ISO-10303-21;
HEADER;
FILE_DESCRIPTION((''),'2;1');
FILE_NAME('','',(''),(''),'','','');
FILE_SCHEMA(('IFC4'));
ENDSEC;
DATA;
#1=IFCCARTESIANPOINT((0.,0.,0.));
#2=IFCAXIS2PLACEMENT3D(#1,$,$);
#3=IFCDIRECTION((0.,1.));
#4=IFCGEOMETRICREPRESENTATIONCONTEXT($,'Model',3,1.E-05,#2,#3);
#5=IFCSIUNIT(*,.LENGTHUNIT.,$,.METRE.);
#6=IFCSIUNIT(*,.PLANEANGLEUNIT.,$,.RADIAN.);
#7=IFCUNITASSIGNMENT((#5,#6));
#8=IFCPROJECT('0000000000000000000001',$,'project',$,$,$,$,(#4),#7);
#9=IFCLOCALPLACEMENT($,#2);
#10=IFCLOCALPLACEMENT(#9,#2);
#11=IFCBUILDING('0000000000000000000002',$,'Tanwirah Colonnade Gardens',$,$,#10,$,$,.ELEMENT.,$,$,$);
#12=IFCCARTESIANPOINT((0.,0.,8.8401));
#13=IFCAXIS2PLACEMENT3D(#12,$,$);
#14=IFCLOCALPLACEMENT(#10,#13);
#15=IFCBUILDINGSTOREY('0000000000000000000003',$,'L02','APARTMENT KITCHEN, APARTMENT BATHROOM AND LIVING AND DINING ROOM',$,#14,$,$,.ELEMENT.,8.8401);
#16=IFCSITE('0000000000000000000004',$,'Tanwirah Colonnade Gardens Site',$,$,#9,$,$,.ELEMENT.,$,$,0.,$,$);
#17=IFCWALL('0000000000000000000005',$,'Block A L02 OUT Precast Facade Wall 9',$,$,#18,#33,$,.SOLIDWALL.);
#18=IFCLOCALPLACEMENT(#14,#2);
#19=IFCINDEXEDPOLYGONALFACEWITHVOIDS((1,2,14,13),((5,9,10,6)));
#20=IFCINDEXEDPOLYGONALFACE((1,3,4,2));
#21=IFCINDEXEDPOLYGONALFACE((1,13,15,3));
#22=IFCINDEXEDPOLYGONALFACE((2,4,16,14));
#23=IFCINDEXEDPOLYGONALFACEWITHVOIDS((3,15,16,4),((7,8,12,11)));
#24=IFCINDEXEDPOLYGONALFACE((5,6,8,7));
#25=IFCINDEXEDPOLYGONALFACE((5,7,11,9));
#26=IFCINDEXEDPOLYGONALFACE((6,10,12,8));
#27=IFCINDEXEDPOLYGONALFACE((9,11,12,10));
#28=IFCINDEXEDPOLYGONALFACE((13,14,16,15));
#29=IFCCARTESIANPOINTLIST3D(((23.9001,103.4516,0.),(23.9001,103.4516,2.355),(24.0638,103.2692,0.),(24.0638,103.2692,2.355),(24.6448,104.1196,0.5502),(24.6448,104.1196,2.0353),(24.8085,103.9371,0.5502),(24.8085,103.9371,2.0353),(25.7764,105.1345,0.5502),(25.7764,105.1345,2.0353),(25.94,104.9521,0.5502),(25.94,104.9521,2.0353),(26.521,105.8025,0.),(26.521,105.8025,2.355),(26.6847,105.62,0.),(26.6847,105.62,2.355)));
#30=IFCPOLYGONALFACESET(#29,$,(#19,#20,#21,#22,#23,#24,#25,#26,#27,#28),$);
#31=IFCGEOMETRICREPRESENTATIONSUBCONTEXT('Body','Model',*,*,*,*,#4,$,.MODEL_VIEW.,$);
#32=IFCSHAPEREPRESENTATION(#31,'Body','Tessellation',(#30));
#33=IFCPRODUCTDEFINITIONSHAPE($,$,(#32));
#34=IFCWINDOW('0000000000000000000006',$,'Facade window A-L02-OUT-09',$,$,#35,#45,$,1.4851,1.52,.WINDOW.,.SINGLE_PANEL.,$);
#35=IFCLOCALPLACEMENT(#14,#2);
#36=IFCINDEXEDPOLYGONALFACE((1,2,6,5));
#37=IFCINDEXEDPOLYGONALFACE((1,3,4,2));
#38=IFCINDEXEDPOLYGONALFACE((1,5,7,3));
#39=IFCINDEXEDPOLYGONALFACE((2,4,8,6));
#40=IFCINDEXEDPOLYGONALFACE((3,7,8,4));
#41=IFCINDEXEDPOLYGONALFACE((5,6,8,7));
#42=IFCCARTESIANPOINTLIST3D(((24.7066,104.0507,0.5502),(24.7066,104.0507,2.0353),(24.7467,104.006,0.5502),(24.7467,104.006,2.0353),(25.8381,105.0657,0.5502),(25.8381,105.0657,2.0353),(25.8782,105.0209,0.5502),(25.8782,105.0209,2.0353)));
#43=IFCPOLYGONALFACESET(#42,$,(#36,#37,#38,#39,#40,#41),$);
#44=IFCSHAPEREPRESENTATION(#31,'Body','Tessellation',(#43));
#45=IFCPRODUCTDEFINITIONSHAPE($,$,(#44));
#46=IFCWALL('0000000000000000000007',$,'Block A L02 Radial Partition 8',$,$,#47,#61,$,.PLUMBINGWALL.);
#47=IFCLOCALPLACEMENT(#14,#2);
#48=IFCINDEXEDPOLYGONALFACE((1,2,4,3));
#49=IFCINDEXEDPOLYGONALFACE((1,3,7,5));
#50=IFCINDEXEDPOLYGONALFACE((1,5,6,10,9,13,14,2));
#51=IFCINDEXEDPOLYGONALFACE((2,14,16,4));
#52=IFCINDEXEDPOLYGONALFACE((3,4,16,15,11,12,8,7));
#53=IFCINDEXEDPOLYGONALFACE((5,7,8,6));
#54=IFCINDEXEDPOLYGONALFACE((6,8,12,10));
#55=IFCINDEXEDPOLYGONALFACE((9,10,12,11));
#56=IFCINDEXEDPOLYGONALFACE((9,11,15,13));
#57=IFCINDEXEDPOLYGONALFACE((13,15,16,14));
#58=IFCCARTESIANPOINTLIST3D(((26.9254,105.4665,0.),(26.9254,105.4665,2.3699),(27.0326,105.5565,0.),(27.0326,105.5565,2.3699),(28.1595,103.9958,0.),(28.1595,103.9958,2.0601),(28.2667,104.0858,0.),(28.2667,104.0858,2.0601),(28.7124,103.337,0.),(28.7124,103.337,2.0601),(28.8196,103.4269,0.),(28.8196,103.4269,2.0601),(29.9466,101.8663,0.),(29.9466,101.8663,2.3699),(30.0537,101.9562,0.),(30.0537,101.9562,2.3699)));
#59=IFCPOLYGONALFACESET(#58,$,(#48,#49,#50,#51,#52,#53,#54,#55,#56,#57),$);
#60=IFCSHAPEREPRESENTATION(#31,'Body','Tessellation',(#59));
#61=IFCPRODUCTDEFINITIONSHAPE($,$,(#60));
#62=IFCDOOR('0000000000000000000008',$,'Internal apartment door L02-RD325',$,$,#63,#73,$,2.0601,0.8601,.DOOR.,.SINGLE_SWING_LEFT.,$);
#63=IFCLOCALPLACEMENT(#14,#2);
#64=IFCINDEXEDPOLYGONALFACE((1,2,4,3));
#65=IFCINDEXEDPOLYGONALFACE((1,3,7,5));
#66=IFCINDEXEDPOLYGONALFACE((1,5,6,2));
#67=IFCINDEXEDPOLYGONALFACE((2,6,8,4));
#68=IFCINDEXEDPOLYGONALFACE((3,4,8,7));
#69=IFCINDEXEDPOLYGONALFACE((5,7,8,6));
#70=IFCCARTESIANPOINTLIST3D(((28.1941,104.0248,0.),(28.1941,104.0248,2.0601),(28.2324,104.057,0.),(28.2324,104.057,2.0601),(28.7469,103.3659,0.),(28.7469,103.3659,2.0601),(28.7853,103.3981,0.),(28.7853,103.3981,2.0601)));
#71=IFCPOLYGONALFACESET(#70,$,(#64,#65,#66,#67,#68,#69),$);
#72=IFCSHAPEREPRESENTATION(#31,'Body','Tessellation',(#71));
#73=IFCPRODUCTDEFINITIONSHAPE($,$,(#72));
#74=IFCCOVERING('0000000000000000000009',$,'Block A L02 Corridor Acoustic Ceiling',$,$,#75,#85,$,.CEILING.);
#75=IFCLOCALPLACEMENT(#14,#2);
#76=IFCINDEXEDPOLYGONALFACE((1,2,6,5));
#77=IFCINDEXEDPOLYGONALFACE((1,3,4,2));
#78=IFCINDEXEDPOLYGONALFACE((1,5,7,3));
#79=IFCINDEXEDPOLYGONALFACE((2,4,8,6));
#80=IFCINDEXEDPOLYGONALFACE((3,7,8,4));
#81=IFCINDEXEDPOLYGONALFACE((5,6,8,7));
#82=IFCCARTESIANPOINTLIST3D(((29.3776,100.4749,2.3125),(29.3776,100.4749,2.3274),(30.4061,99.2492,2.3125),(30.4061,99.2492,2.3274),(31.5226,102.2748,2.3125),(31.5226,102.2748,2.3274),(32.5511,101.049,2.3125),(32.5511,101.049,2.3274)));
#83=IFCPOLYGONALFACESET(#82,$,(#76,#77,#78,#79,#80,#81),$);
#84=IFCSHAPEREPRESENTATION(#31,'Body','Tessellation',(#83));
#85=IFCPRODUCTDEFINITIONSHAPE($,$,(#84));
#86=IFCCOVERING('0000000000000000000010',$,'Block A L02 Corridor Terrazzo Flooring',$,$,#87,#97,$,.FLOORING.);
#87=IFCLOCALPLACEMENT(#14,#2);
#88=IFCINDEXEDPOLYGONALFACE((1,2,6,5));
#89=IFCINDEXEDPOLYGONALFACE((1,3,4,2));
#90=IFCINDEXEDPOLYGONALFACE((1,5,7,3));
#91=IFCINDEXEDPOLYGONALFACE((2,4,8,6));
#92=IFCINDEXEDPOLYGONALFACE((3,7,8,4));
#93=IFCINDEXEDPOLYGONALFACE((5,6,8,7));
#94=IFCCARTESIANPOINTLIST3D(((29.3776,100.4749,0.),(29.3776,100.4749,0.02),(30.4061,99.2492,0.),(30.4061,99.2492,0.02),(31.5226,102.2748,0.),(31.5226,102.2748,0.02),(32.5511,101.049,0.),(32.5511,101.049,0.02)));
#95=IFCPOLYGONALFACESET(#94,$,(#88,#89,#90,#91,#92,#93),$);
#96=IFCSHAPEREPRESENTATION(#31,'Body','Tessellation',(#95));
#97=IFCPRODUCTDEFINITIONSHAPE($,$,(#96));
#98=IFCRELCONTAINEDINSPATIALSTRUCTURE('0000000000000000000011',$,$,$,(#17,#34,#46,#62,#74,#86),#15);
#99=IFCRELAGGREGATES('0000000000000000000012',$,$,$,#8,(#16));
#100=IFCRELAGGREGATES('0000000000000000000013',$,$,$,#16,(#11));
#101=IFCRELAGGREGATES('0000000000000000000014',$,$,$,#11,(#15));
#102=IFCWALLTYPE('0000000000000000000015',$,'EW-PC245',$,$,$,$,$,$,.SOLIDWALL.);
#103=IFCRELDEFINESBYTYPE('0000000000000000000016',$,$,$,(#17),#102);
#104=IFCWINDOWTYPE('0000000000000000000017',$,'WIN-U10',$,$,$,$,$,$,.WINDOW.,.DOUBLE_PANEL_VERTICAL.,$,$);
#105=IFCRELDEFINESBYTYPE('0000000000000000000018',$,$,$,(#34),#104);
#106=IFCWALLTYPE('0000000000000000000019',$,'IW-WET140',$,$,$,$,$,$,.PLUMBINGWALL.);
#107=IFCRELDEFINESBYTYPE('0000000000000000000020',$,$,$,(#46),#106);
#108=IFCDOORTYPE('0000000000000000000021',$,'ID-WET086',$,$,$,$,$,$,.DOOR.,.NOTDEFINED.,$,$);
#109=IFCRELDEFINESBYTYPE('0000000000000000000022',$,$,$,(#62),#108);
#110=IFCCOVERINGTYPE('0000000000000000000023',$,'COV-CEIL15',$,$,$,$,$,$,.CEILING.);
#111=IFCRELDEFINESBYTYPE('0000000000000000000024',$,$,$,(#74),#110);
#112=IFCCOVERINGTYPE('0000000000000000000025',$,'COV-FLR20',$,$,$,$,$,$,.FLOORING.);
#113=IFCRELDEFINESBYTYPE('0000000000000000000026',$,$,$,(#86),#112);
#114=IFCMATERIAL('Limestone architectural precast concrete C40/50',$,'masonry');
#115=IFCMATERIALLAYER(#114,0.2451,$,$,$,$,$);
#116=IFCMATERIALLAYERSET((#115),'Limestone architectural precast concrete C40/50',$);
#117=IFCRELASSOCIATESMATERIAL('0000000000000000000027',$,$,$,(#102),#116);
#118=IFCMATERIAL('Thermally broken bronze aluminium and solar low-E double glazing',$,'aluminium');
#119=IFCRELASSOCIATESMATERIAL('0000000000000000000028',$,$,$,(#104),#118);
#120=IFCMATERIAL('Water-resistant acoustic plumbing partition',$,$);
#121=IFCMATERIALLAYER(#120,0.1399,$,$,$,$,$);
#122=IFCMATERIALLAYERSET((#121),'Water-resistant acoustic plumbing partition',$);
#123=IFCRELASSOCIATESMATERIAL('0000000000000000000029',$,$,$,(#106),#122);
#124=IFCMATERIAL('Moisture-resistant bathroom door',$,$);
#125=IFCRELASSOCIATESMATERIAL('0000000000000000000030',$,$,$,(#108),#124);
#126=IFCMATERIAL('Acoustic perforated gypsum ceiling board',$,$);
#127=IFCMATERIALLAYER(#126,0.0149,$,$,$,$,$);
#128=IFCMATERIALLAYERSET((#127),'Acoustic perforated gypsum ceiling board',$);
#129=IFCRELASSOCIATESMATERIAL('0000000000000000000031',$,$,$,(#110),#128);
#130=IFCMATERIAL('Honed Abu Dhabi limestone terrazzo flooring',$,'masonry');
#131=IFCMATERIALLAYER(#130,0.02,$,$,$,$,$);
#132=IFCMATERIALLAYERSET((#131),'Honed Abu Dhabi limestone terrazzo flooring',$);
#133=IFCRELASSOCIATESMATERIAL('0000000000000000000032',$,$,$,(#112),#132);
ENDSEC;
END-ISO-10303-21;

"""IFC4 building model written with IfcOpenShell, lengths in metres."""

from ifc_helpers import new_model, si_unit, direction, frame, frame_2d, origin, origin_2d, place, context, subcontext, project, spatial, rectangle, extrude, material, layer, layer_set, type_object, element, fill, save


model = new_model("IFC4")

# Units and contexts
model_context = context("Model", 3, precision=1e-05, world=origin(), true_north=direction((0.0, 1.0)))
body_context = subcontext(model_context, "Body", "Model", "MODEL_VIEW")
ifc_project = project(units=[si_unit("LENGTHUNIT", "METRE"), si_unit("PLANEANGLEUNIT", "RADIAN")], contexts=[model_context])

# Site, building, storey
site_placement = place(None, origin())
site = spatial("IfcSite", under=ifc_project, at=site_placement, Name="Tanwirah Colonnade Gardens Site", CompositionType="ELEMENT", RefElevation=0.0)
building_placement = place(site_placement, origin())
building = spatial("IfcBuilding", under=site, at=building_placement, Name="Tanwirah Colonnade Gardens", CompositionType="ELEMENT")
storey_placement = place(building_placement, frame((0.0, 0.0, 8.8401)))
storey = spatial("IfcBuildingStorey", under=building, at=storey_placement, Name="L02", Description="APARTMENT KITCHEN, APARTMENT BATHROOM AND LIVING AND DINING ROOM", CompositionType="ELEMENT", Elevation=8.8401)

# Wall, opening, window
ifc_material_1 = material(Name="Limestone architectural precast concrete C40/50", Category="masonry")
ifc_layer_1 = layer(ifc_material_1, 0.2451)
ifc_layer_set_1 = layer_set([ifc_layer_1], Name="Limestone architectural precast concrete C40/50")
wall_type_1 = type_object("IfcWallType", Name="EW-PC245", PredefinedType="SOLIDWALL", material=ifc_layer_set_1)
ifc_material_2 = material(Name="Thermally broken bronze aluminium and solar low-E double glazing", Category="aluminium")
wall_1_placement = place(storey_placement, frame((26.6028, 105.7112, 0.0), z_axis=(0.0, 0.0, 1.0), x_axis=(-0.744414, -0.667719, 0.0)))
wall_1 = element("IfcWall", 1, at=wall_1_placement, inside=storey, type_object=wall_type_1, Name="Block A L02 OUT Precast Facade Wall 9", PredefinedType="SOLIDWALL", context=body_context, shape_type="SweptSolid", body=[
    extrude(rectangle(XDim=3.5208, YDim=0.2451, at=frame_2d((1.7603, 0.0))), origin(), (0.0, 0.0, 1.0), 2.355),
])
opening_1_placement = place(wall_1_placement, frame((1.0002, 0.0, 0.55)))
opening_1 = element("IfcOpeningElement", 2, at=opening_1_placement, cuts=wall_1, PredefinedType="OPENING", context=body_context, shape_type="SweptSolid", body=[
    extrude(rectangle(XDim=1.52, YDim=1.4851, at=frame_2d((0.76, 0.7427))), frame((0.0, 0.1326, 0.0), z_axis=(0.0, -1.0, 0.0), x_axis=(1.0, 0.0, 0.0)), (0.0, 0.0, 1.0), 0.2651),
])
window_type_1 = type_object("IfcWindowType", Name="WIN-U10", PartitioningType="DOUBLE_PANEL_VERTICAL", PredefinedType="WINDOW", material=ifc_material_2)
window_1_placement = place(opening_1_placement, origin())
window_1 = element("IfcWindow", 3, at=window_1_placement, inside=storey, type_object=window_type_1, Name="Facade window A-L02-OUT-09", OverallHeight=1.4851, OverallWidth=1.52, PartitioningType="SINGLE_PANEL", PredefinedType="WINDOW", context=body_context, shape_type="SweptSolid", body=[
    extrude(rectangle(XDim=1.52, YDim=1.4851, at=frame_2d((0.76, 0.7427))), frame((0.0, 0.03, 0.0), z_axis=(0.0, -1.0, 0.0), x_axis=(1.0, 0.0, 0.0)), (0.0, 0.0, 1.0), 0.0601),
])
fill(opening_1, window_1)

# Wall, opening, door
ifc_material_3 = material(Name="Water-resistant acoustic plumbing partition")
ifc_layer_2 = layer(ifc_material_3, 0.1399)
ifc_layer_set_2 = layer_set([ifc_layer_2], Name="Water-resistant acoustic plumbing partition")
wall_type_2 = type_object("IfcWallType", Name="IW-WET140", PredefinedType="PLUMBINGWALL", material=ifc_layer_set_2)
wall_2_placement = place(storey_placement, frame((30.0002, 101.9111, 0.0), z_axis=(0.0, 0.0, 1.0), x_axis=(-0.642812, 0.766024, 0.0)))
wall_2 = element("IfcWall", 4, at=wall_2_placement, inside=storey, type_object=wall_type_2, Name="Block A L02 Radial Partition 8", PredefinedType="PLUMBINGWALL", context=body_context, shape_type="SweptSolid", body=[
    extrude(rectangle(XDim=4.7, YDim=0.1399, at=frame_2d((2.3501, 0.0))), origin(), (0.0, 0.0, 1.0), 2.3699),
])
opening_2_placement = place(wall_2_placement, frame((1.9199, 0.0, 0.0)))
opening_2 = element("IfcOpeningElement", 5, at=opening_2_placement, cuts=wall_2, PredefinedType="OPENING", context=body_context, shape_type="SweptSolid", body=[
    extrude(rectangle(XDim=0.8601, YDim=2.0601, at=frame_2d((0.4302, 1.03))), frame((0.0, 0.0798, 0.0), z_axis=(0.0, -1.0, 0.0), x_axis=(1.0, 0.0, 0.0)), (0.0, 0.0, 1.0), 0.1599),
])
ifc_material_4 = material(Name="Moisture-resistant bathroom door")
door_type_1 = type_object("IfcDoorType", Name="ID-WET086", OperationType="NOTDEFINED", PredefinedType="DOOR", material=ifc_material_4)
door_1_placement = place(opening_2_placement, origin())
door_1 = element("IfcDoor", 6, at=door_1_placement, inside=storey, type_object=door_type_1, Name="Internal apartment door L02-RD325", OperationType="SINGLE_SWING_LEFT", OverallHeight=2.0601, OverallWidth=0.8601, PredefinedType="DOOR", context=body_context, shape_type="SweptSolid", body=[
    extrude(rectangle(XDim=0.8601, YDim=2.0601, at=frame_2d((0.4302, 1.03))), frame((0.0, 0.0249, 0.0), z_axis=(0.0, -1.0, 0.0), x_axis=(1.0, 0.0, 0.0)), (0.0, 0.0, 1.0), 0.05),
])
fill(opening_2, door_1)

# Coverings
ifc_material_5 = material(Name="Acoustic perforated gypsum ceiling board")
ifc_layer_3 = layer(ifc_material_5, 0.0149)
ifc_layer_set_3 = layer_set([ifc_layer_3], Name="Acoustic perforated gypsum ceiling board")
covering_type_1 = type_object("IfcCoveringType", Name="COV-CEIL15", PredefinedType="CEILING", material=ifc_layer_set_3)
covering_1_placement = place(storey_placement, frame((30.9644, 100.762, 2.3125), z_axis=(0.0, 0.0, 1.0), x_axis=(-0.766044, -0.642788, 0.0)))
element("IfcCovering", 7, at=covering_1_placement, inside=storey, type_object=covering_type_1, Name="Block A L02 Corridor Acoustic Ceiling", PredefinedType="CEILING", context=body_context, shape_type="SweptSolid", body=[
    extrude(rectangle(XDim=2.8, YDim=1.6001, at=origin_2d()), origin(), (0.0, 0.0, 1.0), 0.0149),
])
ifc_material_6 = material(Name="Honed Abu Dhabi limestone terrazzo flooring", Category="masonry")
ifc_layer_4 = layer(ifc_material_6, 0.02)
ifc_layer_set_4 = layer_set([ifc_layer_4], Name="Honed Abu Dhabi limestone terrazzo flooring")
covering_type_2 = type_object("IfcCoveringType", Name="COV-FLR20", PredefinedType="FLOORING", material=ifc_layer_set_4)
covering_2_placement = place(storey_placement, frame((30.9644, 100.762, 0.0), z_axis=(0.0, 0.0, 1.0), x_axis=(-0.766044, -0.642788, 0.0)))
element("IfcCovering", 8, at=covering_2_placement, inside=storey, type_object=covering_type_2, Name="Block A L02 Corridor Terrazzo Flooring", PredefinedType="FLOORING", context=body_context, shape_type="SweptSolid", body=[
    extrude(rectangle(XDim=2.8, YDim=1.6001, at=origin_2d()), origin(), (0.0, 0.0, 1.0), 0.02),
])

save(model, "model.ifc")
